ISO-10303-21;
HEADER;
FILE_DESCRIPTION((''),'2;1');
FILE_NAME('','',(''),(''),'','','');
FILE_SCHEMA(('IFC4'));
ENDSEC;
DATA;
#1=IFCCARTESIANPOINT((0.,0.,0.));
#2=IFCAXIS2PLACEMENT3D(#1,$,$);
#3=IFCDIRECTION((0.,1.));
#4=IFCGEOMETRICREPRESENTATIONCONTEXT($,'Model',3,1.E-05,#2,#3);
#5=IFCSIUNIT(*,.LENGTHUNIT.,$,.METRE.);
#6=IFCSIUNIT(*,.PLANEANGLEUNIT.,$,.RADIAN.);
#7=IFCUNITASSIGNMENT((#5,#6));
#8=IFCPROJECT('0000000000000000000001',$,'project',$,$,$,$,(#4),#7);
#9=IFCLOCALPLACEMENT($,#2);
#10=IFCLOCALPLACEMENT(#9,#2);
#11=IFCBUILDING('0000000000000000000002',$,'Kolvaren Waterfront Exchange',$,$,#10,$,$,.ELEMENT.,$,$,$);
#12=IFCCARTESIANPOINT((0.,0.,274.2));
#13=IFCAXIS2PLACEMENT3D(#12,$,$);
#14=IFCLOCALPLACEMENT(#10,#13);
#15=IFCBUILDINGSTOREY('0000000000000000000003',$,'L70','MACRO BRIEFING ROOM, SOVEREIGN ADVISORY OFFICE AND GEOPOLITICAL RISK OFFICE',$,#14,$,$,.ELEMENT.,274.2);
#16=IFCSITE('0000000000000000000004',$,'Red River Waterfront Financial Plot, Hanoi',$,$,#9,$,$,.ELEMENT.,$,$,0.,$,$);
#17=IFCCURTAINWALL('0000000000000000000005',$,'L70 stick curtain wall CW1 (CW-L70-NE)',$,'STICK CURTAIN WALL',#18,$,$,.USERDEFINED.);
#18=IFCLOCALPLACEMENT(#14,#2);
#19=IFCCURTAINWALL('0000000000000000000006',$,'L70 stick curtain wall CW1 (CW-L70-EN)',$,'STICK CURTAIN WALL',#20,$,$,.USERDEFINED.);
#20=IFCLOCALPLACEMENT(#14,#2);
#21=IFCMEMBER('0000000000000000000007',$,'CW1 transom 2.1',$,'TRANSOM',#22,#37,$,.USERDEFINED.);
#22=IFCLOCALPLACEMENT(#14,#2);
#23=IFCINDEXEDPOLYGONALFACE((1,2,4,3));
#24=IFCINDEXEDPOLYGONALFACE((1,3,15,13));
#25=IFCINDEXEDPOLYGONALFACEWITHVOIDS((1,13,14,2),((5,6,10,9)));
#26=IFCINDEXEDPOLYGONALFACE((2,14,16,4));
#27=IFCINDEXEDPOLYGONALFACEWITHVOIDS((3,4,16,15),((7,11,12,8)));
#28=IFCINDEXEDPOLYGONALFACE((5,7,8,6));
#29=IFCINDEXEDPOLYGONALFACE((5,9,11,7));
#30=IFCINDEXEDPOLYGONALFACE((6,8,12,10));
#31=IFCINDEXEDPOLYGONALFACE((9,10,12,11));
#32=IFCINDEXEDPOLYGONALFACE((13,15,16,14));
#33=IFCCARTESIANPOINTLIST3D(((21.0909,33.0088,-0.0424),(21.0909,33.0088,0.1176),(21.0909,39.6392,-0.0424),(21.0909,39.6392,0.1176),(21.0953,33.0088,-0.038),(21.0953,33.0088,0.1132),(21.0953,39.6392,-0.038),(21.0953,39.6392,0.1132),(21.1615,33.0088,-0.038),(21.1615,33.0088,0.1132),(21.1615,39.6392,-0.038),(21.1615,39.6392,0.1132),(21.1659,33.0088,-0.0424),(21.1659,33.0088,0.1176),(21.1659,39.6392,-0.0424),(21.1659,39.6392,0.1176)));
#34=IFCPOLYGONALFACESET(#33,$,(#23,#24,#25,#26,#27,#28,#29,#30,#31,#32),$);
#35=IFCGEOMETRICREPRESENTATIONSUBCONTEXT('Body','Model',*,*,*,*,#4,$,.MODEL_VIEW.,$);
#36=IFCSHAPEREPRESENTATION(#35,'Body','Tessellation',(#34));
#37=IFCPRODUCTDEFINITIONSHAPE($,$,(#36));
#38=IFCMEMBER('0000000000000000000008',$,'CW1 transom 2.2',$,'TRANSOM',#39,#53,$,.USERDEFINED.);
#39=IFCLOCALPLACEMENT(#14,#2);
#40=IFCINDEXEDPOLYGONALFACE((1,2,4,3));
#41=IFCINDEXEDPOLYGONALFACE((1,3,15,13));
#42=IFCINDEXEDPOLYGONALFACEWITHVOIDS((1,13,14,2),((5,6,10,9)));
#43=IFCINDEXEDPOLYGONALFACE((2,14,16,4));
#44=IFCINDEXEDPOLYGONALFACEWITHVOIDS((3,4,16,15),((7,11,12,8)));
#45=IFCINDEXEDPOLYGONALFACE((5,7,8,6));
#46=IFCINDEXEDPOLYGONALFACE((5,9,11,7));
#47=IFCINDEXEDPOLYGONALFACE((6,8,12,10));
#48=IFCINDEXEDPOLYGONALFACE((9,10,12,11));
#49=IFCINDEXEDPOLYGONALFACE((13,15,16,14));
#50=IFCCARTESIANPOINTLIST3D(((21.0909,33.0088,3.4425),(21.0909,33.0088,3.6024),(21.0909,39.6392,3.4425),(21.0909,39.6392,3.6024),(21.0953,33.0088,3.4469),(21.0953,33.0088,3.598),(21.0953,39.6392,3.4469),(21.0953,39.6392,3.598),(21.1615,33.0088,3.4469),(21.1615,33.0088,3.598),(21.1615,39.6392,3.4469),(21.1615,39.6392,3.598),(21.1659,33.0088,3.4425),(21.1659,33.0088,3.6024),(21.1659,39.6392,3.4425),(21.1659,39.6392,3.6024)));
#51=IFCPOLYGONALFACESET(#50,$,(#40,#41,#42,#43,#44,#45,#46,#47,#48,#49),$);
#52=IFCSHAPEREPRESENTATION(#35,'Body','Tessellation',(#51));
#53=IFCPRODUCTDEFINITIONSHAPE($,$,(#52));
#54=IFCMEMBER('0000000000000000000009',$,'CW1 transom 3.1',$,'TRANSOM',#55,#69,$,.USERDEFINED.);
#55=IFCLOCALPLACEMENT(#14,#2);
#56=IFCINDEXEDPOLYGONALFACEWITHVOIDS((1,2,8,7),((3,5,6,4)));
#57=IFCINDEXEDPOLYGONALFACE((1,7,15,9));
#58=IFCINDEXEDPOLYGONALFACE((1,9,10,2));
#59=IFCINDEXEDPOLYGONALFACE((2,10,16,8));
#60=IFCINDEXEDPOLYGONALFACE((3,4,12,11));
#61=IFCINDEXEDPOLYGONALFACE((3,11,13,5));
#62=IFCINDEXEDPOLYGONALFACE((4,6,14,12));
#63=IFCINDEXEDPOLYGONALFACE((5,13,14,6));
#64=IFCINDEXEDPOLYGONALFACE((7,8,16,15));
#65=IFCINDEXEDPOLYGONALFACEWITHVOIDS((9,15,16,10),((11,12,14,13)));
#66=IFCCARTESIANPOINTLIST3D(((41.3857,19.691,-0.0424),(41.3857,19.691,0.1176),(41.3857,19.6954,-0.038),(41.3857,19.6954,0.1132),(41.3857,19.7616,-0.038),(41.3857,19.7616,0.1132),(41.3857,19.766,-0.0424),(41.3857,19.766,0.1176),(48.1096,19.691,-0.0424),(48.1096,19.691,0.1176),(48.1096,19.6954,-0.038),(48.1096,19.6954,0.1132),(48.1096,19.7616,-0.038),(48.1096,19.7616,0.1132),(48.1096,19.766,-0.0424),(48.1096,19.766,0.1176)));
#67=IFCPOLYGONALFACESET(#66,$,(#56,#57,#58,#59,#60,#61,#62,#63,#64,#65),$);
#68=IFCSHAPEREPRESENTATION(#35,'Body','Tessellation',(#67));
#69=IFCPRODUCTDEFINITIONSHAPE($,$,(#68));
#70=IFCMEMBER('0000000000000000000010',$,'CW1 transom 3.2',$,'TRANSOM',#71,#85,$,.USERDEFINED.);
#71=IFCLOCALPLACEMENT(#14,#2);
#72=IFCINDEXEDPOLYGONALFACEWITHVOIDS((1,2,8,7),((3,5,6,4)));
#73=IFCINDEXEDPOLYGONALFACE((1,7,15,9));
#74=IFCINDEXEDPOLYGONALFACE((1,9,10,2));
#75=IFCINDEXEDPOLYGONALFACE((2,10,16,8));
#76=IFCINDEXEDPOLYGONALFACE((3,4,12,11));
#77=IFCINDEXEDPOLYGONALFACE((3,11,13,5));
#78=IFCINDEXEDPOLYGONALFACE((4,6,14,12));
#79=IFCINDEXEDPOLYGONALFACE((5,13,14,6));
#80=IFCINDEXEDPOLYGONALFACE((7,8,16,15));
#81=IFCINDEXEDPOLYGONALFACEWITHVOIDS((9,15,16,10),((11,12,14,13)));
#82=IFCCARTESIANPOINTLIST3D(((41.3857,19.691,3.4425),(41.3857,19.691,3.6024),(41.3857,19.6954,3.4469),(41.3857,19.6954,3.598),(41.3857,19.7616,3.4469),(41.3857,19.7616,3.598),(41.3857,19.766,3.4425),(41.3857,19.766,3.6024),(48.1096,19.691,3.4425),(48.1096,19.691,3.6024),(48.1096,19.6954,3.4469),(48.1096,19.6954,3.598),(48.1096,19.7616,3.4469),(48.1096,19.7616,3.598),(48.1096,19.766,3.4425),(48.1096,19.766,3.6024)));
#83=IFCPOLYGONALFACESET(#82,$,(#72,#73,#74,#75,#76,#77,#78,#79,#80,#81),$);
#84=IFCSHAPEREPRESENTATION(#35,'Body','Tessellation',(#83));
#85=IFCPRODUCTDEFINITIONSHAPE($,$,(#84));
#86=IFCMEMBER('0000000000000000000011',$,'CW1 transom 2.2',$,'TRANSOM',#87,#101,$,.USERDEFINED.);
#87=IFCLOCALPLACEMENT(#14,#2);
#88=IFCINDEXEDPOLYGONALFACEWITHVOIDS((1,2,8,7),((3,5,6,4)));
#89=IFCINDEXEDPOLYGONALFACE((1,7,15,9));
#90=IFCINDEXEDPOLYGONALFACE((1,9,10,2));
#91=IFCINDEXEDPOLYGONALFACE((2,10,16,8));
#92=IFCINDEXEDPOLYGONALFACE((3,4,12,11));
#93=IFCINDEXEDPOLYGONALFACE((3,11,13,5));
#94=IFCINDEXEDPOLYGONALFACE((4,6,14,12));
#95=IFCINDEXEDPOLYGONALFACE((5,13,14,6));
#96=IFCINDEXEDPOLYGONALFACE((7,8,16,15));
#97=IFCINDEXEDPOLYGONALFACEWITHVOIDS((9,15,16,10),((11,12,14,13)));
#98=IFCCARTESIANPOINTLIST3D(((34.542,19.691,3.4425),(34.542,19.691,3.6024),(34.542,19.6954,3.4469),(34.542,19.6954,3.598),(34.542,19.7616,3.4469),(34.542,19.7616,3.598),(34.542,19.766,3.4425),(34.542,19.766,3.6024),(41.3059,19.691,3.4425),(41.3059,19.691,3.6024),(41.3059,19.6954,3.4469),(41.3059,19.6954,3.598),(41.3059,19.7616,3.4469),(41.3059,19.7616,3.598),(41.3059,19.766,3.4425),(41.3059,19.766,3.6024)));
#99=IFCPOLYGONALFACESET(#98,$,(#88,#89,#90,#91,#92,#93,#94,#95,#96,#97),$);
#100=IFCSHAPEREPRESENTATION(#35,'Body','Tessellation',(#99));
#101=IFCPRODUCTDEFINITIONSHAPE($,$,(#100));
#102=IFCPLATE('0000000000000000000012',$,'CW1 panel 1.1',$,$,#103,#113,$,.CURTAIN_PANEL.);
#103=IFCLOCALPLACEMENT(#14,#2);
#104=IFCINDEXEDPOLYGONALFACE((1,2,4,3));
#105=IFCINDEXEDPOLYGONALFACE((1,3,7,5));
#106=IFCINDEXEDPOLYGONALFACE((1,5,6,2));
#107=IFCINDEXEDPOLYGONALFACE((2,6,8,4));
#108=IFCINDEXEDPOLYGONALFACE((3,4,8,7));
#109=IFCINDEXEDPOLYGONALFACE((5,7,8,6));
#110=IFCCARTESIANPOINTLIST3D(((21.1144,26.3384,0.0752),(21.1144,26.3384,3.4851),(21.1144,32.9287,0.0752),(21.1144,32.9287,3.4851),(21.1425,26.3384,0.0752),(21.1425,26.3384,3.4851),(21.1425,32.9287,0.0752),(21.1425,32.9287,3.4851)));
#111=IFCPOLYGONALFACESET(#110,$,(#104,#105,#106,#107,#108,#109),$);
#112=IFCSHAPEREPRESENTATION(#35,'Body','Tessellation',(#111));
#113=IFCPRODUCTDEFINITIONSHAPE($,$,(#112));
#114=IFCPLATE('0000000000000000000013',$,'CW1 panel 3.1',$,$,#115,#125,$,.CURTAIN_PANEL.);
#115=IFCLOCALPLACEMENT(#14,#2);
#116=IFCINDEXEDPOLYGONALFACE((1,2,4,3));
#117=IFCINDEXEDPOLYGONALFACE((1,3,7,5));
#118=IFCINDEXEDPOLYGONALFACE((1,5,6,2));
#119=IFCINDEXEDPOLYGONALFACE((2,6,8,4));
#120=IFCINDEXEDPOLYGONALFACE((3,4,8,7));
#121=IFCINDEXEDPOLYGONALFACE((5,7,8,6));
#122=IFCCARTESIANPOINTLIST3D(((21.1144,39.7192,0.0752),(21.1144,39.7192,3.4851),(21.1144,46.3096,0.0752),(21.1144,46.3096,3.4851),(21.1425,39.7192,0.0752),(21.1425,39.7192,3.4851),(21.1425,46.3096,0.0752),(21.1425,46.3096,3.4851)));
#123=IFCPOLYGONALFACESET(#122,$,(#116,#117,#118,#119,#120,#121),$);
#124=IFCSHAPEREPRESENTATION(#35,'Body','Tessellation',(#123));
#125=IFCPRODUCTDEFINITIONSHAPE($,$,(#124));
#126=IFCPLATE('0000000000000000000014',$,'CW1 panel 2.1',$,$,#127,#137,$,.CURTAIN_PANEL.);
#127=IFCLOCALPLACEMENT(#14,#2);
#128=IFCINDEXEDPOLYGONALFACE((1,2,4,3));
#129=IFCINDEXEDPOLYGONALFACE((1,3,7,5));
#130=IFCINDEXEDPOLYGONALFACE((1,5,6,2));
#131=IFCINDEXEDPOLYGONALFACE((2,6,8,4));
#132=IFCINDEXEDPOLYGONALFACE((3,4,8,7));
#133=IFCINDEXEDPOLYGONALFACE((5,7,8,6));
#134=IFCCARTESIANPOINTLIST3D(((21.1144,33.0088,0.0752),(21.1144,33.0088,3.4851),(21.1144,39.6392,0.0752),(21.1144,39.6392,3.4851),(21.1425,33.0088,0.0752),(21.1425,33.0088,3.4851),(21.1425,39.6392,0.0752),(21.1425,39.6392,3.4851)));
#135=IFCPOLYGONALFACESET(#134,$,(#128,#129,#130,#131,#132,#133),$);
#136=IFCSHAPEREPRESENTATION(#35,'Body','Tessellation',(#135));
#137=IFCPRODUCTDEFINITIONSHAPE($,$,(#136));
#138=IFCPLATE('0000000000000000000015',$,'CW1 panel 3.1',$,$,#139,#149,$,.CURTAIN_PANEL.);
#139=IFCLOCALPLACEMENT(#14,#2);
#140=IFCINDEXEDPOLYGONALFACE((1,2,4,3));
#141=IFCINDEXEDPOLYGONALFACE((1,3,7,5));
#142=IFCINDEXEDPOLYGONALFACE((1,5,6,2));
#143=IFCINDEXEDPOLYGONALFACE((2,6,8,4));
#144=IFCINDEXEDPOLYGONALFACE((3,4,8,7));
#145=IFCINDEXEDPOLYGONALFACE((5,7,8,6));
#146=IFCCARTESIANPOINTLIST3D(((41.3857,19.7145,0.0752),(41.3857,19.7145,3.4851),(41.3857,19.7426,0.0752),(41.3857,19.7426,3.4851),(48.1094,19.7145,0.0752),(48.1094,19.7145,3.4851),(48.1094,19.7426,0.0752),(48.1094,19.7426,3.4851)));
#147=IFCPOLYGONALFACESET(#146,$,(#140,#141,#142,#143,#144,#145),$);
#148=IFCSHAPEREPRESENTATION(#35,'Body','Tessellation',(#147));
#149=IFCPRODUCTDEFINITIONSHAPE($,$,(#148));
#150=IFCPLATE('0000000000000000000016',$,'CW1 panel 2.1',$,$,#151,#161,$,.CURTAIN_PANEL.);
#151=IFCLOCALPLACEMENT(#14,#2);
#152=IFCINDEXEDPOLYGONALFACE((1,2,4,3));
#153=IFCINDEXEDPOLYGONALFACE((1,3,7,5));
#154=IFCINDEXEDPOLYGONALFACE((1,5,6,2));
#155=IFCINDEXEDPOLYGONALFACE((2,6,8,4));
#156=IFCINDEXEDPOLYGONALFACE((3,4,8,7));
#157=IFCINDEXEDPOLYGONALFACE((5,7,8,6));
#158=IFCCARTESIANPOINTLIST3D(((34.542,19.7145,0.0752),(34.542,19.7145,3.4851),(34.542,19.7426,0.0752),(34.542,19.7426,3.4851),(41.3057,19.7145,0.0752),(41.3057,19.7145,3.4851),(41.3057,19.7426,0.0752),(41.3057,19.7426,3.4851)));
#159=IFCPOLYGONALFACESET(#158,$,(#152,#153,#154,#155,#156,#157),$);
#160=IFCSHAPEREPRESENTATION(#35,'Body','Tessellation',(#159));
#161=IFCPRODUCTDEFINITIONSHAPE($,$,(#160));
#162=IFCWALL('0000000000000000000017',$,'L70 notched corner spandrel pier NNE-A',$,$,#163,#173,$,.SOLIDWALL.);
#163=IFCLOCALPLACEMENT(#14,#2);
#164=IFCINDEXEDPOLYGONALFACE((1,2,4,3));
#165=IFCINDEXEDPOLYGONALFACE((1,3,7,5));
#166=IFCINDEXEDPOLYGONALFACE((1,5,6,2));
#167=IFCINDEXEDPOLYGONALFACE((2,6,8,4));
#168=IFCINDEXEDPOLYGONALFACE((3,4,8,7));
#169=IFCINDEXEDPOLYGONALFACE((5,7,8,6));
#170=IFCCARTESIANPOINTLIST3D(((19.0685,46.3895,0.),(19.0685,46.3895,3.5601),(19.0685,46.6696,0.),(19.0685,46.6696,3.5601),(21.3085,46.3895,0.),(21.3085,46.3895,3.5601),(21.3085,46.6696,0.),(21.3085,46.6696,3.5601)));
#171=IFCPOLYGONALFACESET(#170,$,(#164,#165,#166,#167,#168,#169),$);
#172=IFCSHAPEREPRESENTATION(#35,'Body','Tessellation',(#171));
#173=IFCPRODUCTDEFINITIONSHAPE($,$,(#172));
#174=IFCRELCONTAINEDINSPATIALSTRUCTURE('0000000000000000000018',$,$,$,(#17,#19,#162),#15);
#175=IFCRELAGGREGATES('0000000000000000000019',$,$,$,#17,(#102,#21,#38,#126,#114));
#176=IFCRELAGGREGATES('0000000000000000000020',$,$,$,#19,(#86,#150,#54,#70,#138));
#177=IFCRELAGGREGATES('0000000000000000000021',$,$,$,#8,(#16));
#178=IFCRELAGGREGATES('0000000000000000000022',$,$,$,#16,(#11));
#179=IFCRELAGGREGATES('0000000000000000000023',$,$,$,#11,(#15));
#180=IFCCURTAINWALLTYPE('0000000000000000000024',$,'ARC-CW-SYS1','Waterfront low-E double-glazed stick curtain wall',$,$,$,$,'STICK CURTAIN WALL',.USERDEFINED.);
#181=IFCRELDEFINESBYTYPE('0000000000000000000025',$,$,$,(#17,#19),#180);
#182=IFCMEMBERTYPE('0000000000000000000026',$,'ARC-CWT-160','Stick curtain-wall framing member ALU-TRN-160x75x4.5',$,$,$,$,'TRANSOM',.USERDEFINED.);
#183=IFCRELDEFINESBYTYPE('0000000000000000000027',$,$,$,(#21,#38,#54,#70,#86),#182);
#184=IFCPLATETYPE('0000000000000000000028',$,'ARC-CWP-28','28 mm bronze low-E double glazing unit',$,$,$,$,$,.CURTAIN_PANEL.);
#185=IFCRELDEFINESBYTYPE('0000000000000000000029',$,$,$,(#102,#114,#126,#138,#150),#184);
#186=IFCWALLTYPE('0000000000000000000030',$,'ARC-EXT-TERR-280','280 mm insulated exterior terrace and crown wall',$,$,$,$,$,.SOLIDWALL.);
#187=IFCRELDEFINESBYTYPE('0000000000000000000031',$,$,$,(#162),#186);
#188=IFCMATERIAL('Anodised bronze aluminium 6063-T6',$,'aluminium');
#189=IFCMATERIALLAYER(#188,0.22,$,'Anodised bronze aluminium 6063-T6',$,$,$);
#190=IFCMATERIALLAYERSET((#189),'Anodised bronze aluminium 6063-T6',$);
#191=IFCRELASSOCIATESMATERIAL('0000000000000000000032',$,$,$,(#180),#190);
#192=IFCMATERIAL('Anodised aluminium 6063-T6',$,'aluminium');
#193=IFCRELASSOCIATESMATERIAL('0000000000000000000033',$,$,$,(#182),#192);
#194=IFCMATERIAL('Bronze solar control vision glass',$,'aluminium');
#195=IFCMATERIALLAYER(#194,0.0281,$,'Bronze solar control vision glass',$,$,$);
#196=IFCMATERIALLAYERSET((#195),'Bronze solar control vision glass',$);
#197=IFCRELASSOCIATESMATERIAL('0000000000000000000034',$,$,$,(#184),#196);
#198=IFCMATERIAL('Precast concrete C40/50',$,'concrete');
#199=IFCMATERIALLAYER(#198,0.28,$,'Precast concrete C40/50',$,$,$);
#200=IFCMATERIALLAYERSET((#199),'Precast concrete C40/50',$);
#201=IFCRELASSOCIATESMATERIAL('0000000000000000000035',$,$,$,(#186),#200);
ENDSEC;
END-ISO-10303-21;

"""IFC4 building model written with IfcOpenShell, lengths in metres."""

from ifc_helpers import new_model, si_unit, direction, frame, frame_2d, origin, origin_with_axes, origin_2d, place, context, subcontext, project, spatial, rectangle, hollow_rectangle, extrude, source, transform, mapped, material, layer, layer_set, material_profile, profile_set, type_object, element, aggregate, save


model = new_model("IFC4")

# Units and contexts
model_context = context("Model", 3, precision=1e-05, world=origin(), true_north=direction((0.0, 1.0)))
body_context = subcontext(model_context, "Body", "Model", "MODEL_VIEW")
ifc_project = project(units=[si_unit("LENGTHUNIT", "METRE"), si_unit("PLANEANGLEUNIT", "RADIAN")], contexts=[model_context])

# Site, building, storey
site_placement = place(None, origin())
site = spatial("IfcSite", under=ifc_project, at=site_placement, Name="Red River Waterfront Financial Plot, Hanoi", CompositionType="ELEMENT", RefElevation=0.0)
building_placement = place(site_placement, origin())
building = spatial("IfcBuilding", under=site, at=building_placement, Name="Kolvaren Waterfront Exchange", CompositionType="ELEMENT")
storey_placement = place(building_placement, frame((0.0, 0.0, 274.2)))
storey = spatial("IfcBuildingStorey", under=building, at=storey_placement, Name="L70", Description="MACRO BRIEFING ROOM, SOVEREIGN ADVISORY OFFICE AND GEOPOLITICAL RISK OFFICE", CompositionType="ELEMENT", Elevation=274.2)

# Curtain walls
ifc_material_1 = material(Name="Anodised bronze aluminium 6063-T6", Category="aluminium")
ifc_layer_1 = layer(ifc_material_1, 0.22, Name="Anodised bronze aluminium 6063-T6")
ifc_layer_set_1 = layer_set([ifc_layer_1], Name="Anodised bronze aluminium 6063-T6")
curtain_wall_type = type_object("IfcCurtainWallType", Name="ARC-CW-SYS1", Description="Waterfront low-E double-glazed stick curtain wall", ElementType="STICK CURTAIN WALL", PredefinedType="USERDEFINED", material=ifc_layer_set_1)
curtain_wall_1_placement = place(storey_placement, origin())
curtain_wall_1 = element("IfcCurtainWall", 1, at=curtain_wall_1_placement, inside=storey, type_object=curtain_wall_type, Name="L70 stick curtain wall CW1 (CW-L70-NE)", ObjectType="STICK CURTAIN WALL", PredefinedType="USERDEFINED")
ifc_material_2 = material(Name="Anodised aluminium 6063-T6", Category="aluminium")
curtain_wall_2_placement = place(storey_placement, origin())
curtain_wall_2 = element("IfcCurtainWall", 2, at=curtain_wall_2_placement, inside=storey, type_object=curtain_wall_type, Name="L70 stick curtain wall CW1 (CW-L70-EN)", ObjectType="STICK CURTAIN WALL", PredefinedType="USERDEFINED")

# Members
ifc_material_profile_1 = material_profile(ifc_material_2, hollow_rectangle(XDim=0.075, YDim=0.1599, WallThickness=0.0044, at=origin_2d()), Name="ALU-TRN-160x75x4.5")
ifc_profile_set_1 = profile_set([ifc_material_profile_1], Name="Anodised aluminium 6063-T6")
member_type_1 = type_object("IfcMemberType", Name="ARC-CWT-160", Description="Stick curtain-wall framing member ALU-TRN-160x75x4.5", ElementType="TRANSOM", PredefinedType="USERDEFINED", material=ifc_profile_set_1)
shared_shape_1 = source(origin_with_axes(), body_context, "Body", "SweptSolid", [
    extrude(hollow_rectangle(XDim=0.075, YDim=0.1599, WallThickness=0.0044, at=origin_2d()), origin(), (0.0, 0.0, 1.0), 6.6304),
])
member_1_placement = place(storey_placement, frame((21.1284, 33.0088, 0.0376), z_axis=(0.0, 1.0, 0.0), x_axis=(-1.0, 0.0, 0.0)))
member_1 = element("IfcMember", 3, at=member_1_placement, type_object=member_type_1, Name="CW1 transom 2.1", ObjectType="TRANSOM", PredefinedType="USERDEFINED", context=body_context, shape_type="MappedRepresentation", body=[
    mapped(shared_shape_1, transform((0.0, 0.0, 0.0), x_axis=(1.0, 0.0, 0.0), y_axis=(0.0, 1.0, 0.0), z_axis=(0.0, 0.0, 1.0), scale=1.0)),
])
member_2_placement = place(storey_placement, frame((21.1284, 33.0088, 3.5225), z_axis=(0.0, 1.0, 0.0), x_axis=(-1.0, 0.0, 0.0)))
member_2 = element("IfcMember", 4, at=member_2_placement, type_object=member_type_1, Name="CW1 transom 2.2", ObjectType="TRANSOM", PredefinedType="USERDEFINED", context=body_context, shape_type="MappedRepresentation", body=[
    mapped(shared_shape_1, transform((0.0, 0.0, 0.0), x_axis=(1.0, 0.0, 0.0), y_axis=(0.0, 1.0, 0.0), z_axis=(0.0, 0.0, 1.0), scale=1.0)),
])
shared_shape_2 = source(origin_with_axes(), body_context, "Body", "SweptSolid", [
    extrude(hollow_rectangle(XDim=0.075, YDim=0.1599, WallThickness=0.0044, at=origin_2d()), origin(), (0.0, 0.0, 1.0), 6.7239),
])
member_3_placement = place(storey_placement, frame((41.3857, 19.7285, 0.0376), z_axis=(1.0, 0.0, 0.0), x_axis=(0.0, 1.0, 0.0)))
member_3 = element("IfcMember", 5, at=member_3_placement, type_object=member_type_1, Name="CW1 transom 3.1", ObjectType="TRANSOM", PredefinedType="USERDEFINED", context=body_context, shape_type="MappedRepresentation", body=[
    mapped(shared_shape_2, transform((0.0, 0.0, 0.0), x_axis=(1.0, 0.0, 0.0), y_axis=(0.0, 1.0, 0.0), z_axis=(0.0, 0.0, 1.0), scale=1.0)),
])
member_4_placement = place(storey_placement, frame((41.3857, 19.7285, 3.5225), z_axis=(1.0, 0.0, 0.0), x_axis=(0.0, 1.0, 0.0)))
member_4 = element("IfcMember", 6, at=member_4_placement, type_object=member_type_1, Name="CW1 transom 3.2", ObjectType="TRANSOM", PredefinedType="USERDEFINED", context=body_context, shape_type="MappedRepresentation", body=[
    mapped(shared_shape_2, transform((0.0, 0.0, 0.0), x_axis=(1.0, 0.0, 0.0), y_axis=(0.0, 1.0, 0.0), z_axis=(0.0, 0.0, 1.0), scale=1.0)),
])
shared_shape_3 = source(origin_with_axes(), body_context, "Body", "SweptSolid", [
    extrude(hollow_rectangle(XDim=0.075, YDim=0.1599, WallThickness=0.0044, at=origin_2d()), origin(), (0.0, 0.0, 1.0), 6.7639),
])
member_5_placement = place(storey_placement, frame((34.542, 19.7285, 3.5225), z_axis=(1.0, 0.0, 0.0), x_axis=(0.0, 1.0, 0.0)))
member_5 = element("IfcMember", 7, at=member_5_placement, type_object=member_type_1, Name="CW1 transom 2.2", ObjectType="TRANSOM", PredefinedType="USERDEFINED", context=body_context, shape_type="MappedRepresentation", body=[
    mapped(shared_shape_3, transform((0.0, 0.0, 0.0), x_axis=(1.0, 0.0, 0.0), y_axis=(0.0, 1.0, 0.0), z_axis=(0.0, 0.0, 1.0), scale=1.0)),
])

# Plates
ifc_material_3 = material(Name="Bronze solar control vision glass", Category="aluminium")
ifc_layer_2 = layer(ifc_material_3, 0.0281, Name="Bronze solar control vision glass")
ifc_layer_set_2 = layer_set([ifc_layer_2], Name="Bronze solar control vision glass")
plate_type = type_object("IfcPlateType", Name="ARC-CWP-28", Description="28 mm bronze low-E double glazing unit", PredefinedType="CURTAIN_PANEL", material=ifc_layer_set_2)
shared_shape_4 = source(origin_with_axes(), body_context, "Body", "SweptSolid", [
    extrude(rectangle(XDim=6.5903, YDim=0.0281, at=origin_2d()), origin(), (0.0, 0.0, 1.0), 3.4099),
])
plate_1_placement = place(storey_placement, frame((21.1284, 29.6335, 0.0752), z_axis=(0.0, 0.0, 1.0), x_axis=(0.0, 1.0, 0.0)))
plate_1 = element("IfcPlate", 8, at=plate_1_placement, type_object=plate_type, Name="CW1 panel 1.1", PredefinedType="CURTAIN_PANEL", context=body_context, shape_type="MappedRepresentation", body=[
    mapped(shared_shape_4, transform((0.0, 0.0, 0.0), x_axis=(1.0, 0.0, 0.0), y_axis=(0.0, 1.0, 0.0), z_axis=(0.0, 0.0, 1.0), scale=1.0)),
])
plate_2_placement = place(storey_placement, frame((21.1284, 43.0144, 0.0752), z_axis=(0.0, 0.0, 1.0), x_axis=(0.0, 1.0, 0.0)))
plate_2 = element("IfcPlate", 9, at=plate_2_placement, type_object=plate_type, Name="CW1 panel 3.1", PredefinedType="CURTAIN_PANEL", context=body_context, shape_type="MappedRepresentation", body=[
    mapped(shared_shape_4, transform((0.0, 0.0, 0.0), x_axis=(1.0, 0.0, 0.0), y_axis=(0.0, 1.0, 0.0), z_axis=(0.0, 0.0, 1.0), scale=1.0)),
])
shared_shape_5 = source(origin_with_axes(), body_context, "Body", "SweptSolid", [
    extrude(rectangle(XDim=6.6304, YDim=0.0281, at=origin_2d()), origin(), (0.0, 0.0, 1.0), 3.4099),
])
plate_3_placement = place(storey_placement, frame((21.1284, 36.324, 0.0752), z_axis=(0.0, 0.0, 1.0), x_axis=(0.0, 1.0, 0.0)))
plate_3 = element("IfcPlate", 10, at=plate_3_placement, type_object=plate_type, Name="CW1 panel 2.1", PredefinedType="CURTAIN_PANEL", context=body_context, shape_type="MappedRepresentation", body=[
    mapped(shared_shape_5, transform((0.0, 0.0, 0.0), x_axis=(1.0, 0.0, 0.0), y_axis=(0.0, 1.0, 0.0), z_axis=(0.0, 0.0, 1.0), scale=1.0)),
])
aggregate(curtain_wall_1, [plate_1, member_1, member_2, plate_3, plate_2])
shared_shape_6 = source(origin_with_axes(), body_context, "Body", "SweptSolid", [
    extrude(rectangle(XDim=6.7236, YDim=0.0281, at=origin_2d()), origin(), (0.0, 0.0, 1.0), 3.4099),
])
plate_4_placement = place(storey_placement, frame((44.7476, 19.7285, 0.0752), z_axis=(0.0, 0.0, 1.0), x_axis=(1.0, 0.0, 0.0)))
plate_4 = element("IfcPlate", 11, at=plate_4_placement, type_object=plate_type, Name="CW1 panel 3.1", PredefinedType="CURTAIN_PANEL", context=body_context, shape_type="MappedRepresentation", body=[
    mapped(shared_shape_6, transform((0.0, 0.0, 0.0), x_axis=(1.0, 0.0, 0.0), y_axis=(0.0, 1.0, 0.0), z_axis=(0.0, 0.0, 1.0), scale=1.0)),
])
shared_shape_7 = source(origin_with_axes(), body_context, "Body", "SweptSolid", [
    extrude(rectangle(XDim=6.7637, YDim=0.0281, at=origin_2d()), origin(), (0.0, 0.0, 1.0), 3.4099),
])
plate_5_placement = place(storey_placement, frame((37.9238, 19.7285, 0.0752), z_axis=(0.0, 0.0, 1.0), x_axis=(1.0, 0.0, 0.0)))
plate_5 = element("IfcPlate", 12, at=plate_5_placement, type_object=plate_type, Name="CW1 panel 2.1", PredefinedType="CURTAIN_PANEL", context=body_context, shape_type="MappedRepresentation", body=[
    mapped(shared_shape_7, transform((0.0, 0.0, 0.0), x_axis=(1.0, 0.0, 0.0), y_axis=(0.0, 1.0, 0.0), z_axis=(0.0, 0.0, 1.0), scale=1.0)),
])
aggregate(curtain_wall_2, [member_5, plate_5, member_3, member_4, plate_4])

# Wall
ifc_material_4 = material(Name="Precast concrete C40/50", Category="concrete")
ifc_layer_3 = layer(ifc_material_4, 0.28, Name="Precast concrete C40/50")
ifc_layer_set_3 = layer_set([ifc_layer_3], Name="Precast concrete C40/50")
wall_type = type_object("IfcWallType", Name="ARC-EXT-TERR-280", Description="280 mm insulated exterior terrace and crown wall", PredefinedType="SOLIDWALL", material=ifc_layer_set_3)
wall_1_placement = place(storey_placement, frame((19.0684, 46.5295, 0.0), z_axis=(0.0, 0.0, 1.0), x_axis=(1.0, 0.0, 0.0)))
element("IfcWall", 13, at=wall_1_placement, inside=storey, type_object=wall_type, Name="L70 notched corner spandrel pier NNE-A", PredefinedType="SOLIDWALL", context=body_context, shape_type="SweptSolid", body=[
    extrude(rectangle(XDim=2.24, YDim=0.28, at=frame_2d((1.1201, 0.0))), origin(), (0.0, 0.0, 1.0), 3.5601),
])

save(model, "model.ifc")
